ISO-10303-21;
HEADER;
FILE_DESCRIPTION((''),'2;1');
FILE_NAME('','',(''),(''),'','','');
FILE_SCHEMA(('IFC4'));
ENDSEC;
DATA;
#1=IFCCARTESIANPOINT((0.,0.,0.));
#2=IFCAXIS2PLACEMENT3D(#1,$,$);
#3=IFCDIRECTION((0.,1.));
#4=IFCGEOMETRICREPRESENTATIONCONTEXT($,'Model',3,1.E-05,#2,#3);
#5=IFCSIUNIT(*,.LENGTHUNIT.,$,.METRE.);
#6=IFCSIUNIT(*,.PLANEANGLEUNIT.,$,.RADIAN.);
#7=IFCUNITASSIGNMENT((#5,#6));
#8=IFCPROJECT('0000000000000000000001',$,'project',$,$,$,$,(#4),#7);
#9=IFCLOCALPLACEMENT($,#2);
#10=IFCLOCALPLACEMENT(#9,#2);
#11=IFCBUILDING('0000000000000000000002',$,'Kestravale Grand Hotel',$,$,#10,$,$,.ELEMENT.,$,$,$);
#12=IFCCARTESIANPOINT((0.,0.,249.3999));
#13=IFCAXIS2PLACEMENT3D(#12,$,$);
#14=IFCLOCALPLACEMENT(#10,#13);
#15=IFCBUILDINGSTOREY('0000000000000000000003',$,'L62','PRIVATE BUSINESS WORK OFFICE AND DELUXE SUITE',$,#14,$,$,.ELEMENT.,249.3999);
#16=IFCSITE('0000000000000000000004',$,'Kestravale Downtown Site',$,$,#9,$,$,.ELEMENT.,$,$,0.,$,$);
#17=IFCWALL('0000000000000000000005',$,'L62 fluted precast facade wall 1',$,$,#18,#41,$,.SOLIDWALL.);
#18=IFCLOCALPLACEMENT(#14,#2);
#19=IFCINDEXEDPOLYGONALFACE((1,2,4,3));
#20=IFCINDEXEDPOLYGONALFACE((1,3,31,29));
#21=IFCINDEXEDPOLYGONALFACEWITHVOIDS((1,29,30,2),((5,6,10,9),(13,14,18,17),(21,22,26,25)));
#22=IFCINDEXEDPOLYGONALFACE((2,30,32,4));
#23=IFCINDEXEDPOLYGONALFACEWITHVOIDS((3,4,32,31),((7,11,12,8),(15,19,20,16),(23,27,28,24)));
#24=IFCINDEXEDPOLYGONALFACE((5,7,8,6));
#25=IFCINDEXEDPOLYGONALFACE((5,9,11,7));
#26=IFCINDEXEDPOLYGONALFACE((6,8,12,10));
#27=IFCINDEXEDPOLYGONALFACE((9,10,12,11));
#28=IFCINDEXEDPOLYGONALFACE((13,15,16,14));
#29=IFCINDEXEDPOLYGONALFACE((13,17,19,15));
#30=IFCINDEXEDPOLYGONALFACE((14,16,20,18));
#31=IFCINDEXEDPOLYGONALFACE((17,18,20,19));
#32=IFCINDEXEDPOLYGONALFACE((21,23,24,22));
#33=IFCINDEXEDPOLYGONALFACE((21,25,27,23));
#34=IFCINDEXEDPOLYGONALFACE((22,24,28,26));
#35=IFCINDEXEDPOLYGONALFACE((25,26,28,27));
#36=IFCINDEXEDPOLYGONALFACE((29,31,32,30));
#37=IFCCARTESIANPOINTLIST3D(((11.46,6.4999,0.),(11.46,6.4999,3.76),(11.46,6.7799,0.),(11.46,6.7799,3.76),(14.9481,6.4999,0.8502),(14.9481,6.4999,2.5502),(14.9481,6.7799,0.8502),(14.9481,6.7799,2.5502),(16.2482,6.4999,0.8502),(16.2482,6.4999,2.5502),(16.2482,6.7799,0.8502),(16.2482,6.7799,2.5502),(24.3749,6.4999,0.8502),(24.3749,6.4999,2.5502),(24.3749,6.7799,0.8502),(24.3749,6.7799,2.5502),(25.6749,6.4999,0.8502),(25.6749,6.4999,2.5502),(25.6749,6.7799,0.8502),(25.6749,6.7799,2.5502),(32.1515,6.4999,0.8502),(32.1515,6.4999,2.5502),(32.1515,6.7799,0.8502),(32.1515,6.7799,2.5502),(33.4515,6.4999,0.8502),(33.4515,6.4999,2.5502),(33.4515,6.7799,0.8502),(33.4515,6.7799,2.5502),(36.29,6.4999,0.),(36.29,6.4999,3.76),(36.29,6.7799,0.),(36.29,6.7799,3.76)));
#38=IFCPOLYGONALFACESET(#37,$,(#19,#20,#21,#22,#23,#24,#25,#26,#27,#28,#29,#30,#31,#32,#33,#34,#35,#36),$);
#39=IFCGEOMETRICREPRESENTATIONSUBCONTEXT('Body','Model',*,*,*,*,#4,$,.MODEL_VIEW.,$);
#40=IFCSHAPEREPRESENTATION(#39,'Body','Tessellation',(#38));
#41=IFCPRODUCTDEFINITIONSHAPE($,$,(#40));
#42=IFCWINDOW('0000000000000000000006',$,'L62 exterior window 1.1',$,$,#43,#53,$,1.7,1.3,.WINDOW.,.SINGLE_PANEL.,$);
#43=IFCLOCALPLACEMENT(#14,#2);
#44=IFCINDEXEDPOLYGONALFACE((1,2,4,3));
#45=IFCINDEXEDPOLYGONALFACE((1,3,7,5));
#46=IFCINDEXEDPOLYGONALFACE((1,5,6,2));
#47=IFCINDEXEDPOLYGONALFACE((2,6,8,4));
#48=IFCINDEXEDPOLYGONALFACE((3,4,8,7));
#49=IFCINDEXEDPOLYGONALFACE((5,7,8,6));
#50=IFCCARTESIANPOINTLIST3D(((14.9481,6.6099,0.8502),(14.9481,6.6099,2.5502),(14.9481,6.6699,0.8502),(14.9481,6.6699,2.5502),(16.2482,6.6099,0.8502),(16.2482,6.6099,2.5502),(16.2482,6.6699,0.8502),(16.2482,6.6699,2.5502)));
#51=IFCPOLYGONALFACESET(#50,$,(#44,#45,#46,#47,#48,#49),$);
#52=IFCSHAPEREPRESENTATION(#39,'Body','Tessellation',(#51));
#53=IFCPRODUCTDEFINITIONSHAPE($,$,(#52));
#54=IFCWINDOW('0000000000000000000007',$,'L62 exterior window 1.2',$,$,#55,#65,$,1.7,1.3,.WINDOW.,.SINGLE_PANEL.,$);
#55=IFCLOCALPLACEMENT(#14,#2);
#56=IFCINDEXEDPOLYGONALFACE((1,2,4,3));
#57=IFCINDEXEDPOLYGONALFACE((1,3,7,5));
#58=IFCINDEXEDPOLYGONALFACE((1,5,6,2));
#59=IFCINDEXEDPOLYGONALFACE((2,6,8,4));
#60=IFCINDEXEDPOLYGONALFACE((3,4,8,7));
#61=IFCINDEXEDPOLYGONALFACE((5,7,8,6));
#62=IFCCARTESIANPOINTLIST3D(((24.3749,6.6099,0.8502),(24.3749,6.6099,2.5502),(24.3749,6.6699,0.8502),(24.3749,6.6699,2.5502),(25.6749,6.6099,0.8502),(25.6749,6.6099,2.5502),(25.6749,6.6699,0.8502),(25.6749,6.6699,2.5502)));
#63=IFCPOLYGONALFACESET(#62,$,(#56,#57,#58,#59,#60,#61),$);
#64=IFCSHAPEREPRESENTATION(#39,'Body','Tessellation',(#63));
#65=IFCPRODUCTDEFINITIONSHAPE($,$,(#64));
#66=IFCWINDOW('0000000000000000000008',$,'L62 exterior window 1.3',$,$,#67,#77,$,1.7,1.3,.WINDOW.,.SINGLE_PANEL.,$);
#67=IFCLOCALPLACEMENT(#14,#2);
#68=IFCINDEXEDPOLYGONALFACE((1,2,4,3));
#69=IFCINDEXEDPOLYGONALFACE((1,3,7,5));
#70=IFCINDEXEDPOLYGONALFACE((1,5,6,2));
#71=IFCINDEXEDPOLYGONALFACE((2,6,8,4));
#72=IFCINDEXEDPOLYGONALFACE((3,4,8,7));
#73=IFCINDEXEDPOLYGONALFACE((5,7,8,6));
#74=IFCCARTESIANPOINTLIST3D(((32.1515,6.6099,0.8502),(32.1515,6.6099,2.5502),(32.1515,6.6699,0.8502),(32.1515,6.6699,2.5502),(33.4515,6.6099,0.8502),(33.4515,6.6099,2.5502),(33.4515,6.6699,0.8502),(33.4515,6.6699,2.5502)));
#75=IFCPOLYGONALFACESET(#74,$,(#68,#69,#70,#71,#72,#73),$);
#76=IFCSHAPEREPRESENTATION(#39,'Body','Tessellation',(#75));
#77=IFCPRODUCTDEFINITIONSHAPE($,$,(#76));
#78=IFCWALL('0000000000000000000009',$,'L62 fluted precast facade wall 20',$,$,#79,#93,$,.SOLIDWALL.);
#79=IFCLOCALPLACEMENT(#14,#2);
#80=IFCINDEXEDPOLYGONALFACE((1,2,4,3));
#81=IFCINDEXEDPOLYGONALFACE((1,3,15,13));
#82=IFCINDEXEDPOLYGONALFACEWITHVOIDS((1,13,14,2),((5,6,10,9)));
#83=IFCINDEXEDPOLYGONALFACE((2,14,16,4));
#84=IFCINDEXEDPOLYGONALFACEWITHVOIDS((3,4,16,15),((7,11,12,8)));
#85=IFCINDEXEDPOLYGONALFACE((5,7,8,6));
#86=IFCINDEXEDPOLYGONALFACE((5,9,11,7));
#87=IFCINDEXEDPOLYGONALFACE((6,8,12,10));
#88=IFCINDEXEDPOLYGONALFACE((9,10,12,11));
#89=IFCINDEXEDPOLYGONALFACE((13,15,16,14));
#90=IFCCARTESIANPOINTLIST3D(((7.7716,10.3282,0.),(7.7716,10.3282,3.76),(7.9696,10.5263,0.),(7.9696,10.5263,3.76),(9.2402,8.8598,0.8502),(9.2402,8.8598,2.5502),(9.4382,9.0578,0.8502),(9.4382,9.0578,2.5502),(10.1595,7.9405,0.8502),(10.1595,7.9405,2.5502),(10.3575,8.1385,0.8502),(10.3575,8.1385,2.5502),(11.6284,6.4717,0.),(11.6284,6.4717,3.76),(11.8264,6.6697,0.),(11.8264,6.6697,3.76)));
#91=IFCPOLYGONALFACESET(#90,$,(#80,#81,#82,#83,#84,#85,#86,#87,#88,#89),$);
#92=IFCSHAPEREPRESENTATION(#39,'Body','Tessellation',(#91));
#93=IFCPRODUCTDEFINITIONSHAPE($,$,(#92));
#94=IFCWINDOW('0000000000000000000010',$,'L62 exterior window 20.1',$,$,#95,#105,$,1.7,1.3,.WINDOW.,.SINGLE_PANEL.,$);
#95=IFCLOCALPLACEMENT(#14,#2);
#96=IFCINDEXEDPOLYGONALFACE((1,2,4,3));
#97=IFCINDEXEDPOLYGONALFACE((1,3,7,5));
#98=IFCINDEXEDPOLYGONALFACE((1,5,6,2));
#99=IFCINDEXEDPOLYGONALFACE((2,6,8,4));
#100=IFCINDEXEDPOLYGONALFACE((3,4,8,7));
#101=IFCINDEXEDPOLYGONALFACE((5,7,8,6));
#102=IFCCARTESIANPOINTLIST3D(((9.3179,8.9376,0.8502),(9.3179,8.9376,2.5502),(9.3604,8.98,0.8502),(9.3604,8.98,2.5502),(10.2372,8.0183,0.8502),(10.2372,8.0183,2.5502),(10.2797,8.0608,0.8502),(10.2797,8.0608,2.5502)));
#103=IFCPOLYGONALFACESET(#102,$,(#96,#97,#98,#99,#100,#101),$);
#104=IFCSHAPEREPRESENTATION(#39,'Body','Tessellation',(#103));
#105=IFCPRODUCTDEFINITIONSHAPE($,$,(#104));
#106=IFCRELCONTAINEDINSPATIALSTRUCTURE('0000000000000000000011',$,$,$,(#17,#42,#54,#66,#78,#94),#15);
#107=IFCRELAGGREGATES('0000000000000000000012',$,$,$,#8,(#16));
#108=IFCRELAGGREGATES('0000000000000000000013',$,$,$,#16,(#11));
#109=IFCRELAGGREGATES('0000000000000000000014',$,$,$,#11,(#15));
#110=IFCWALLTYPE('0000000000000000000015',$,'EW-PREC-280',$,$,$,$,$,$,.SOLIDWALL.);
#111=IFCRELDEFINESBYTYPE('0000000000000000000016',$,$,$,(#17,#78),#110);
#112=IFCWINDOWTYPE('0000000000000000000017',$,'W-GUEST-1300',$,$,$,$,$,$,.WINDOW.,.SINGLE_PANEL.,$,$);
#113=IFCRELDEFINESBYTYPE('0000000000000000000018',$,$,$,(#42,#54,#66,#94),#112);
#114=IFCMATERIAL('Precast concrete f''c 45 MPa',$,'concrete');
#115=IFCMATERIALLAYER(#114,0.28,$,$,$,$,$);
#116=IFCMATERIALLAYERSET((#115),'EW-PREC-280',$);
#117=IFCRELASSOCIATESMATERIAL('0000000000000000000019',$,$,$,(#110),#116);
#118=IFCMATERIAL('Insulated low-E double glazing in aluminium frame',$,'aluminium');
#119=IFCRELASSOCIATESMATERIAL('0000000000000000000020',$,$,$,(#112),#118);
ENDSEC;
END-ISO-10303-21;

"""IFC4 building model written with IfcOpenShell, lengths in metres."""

from ifc_helpers import new_model, si_unit, direction, frame, frame_2d, origin, place, context, subcontext, project, spatial, rectangle, extrude, material, layer, layer_set, type_object, element, fill, save


model = new_model("IFC4")

# Units and contexts
model_context = context("Model", 3, precision=1e-05, world=origin(), true_north=direction((0.0, 1.0)))
body_context = subcontext(model_context, "Body", "Model", "MODEL_VIEW")
ifc_project = project(units=[si_unit("LENGTHUNIT", "METRE"), si_unit("PLANEANGLEUNIT", "RADIAN")], contexts=[model_context])

# Site, building, storey
site_placement = place(None, origin())
site = spatial("IfcSite", under=ifc_project, at=site_placement, Name="Kestravale Downtown Site", CompositionType="ELEMENT", RefElevation=0.0)
building_placement = place(site_placement, origin())
building = spatial("IfcBuilding", under=site, at=building_placement, Name="Kestravale Grand Hotel", CompositionType="ELEMENT")
storey_placement = place(building_placement, frame((0.0, 0.0, 249.3999)))
storey = spatial("IfcBuildingStorey", under=building, at=storey_placement, Name="L62", Description="PRIVATE BUSINESS WORK OFFICE AND DELUXE SUITE", CompositionType="ELEMENT", Elevation=249.3999)

# Wall, openings, windows
ifc_material_1 = material(Name="Precast concrete f'c 45 MPa", Category="concrete")
ifc_layer_1 = layer(ifc_material_1, 0.28)
ifc_layer_set_1 = layer_set([ifc_layer_1], Name="EW-PREC-280")
wall_type_1 = type_object("IfcWallType", Name="EW-PREC-280", PredefinedType="SOLIDWALL", material=ifc_layer_set_1)
wall_1_placement = place(storey_placement, frame((11.46, 6.6399, 0.0), z_axis=(0.0, 0.0, 1.0), x_axis=(1.0, 0.0, 0.0)))
wall_1 = element("IfcWall", 1, at=wall_1_placement, inside=storey, type_object=wall_type_1, Name="L62 fluted precast facade wall 1", PredefinedType="SOLIDWALL", context=body_context, shape_type="SweptSolid", body=[
    extrude(rectangle(XDim=24.8301, YDim=0.28, at=frame_2d((12.415, 0.0))), origin(), (0.0, 0.0, 1.0), 3.76),
])
opening_1_placement = place(wall_1_placement, frame((3.4883, 0.0, 0.8501)))
opening_1 = element("IfcOpeningElement", 2, at=opening_1_placement, cuts=wall_1, PredefinedType="OPENING", context=body_context, shape_type="SweptSolid", body=[
    extrude(rectangle(XDim=1.3, YDim=1.7, at=frame_2d((0.6499, 0.8501))), frame((0.0, 0.1499, 0.0), z_axis=(0.0, -1.0, 0.0), x_axis=(1.0, 0.0, 0.0)), (0.0, 0.0, 1.0), 0.3),
])
opening_2_placement = place(wall_1_placement, frame((12.915, 0.0, 0.8501)))
opening_2 = element("IfcOpeningElement", 3, at=opening_2_placement, cuts=wall_1, PredefinedType="OPENING", context=body_context, shape_type="SweptSolid", body=[
    extrude(rectangle(XDim=1.3, YDim=1.7, at=frame_2d((0.6499, 0.8501))), frame((0.0, 0.1499, 0.0), z_axis=(0.0, -1.0, 0.0), x_axis=(1.0, 0.0, 0.0)), (0.0, 0.0, 1.0), 0.3),
])
opening_3_placement = place(wall_1_placement, frame((20.6917, 0.0, 0.8501)))
opening_3 = element("IfcOpeningElement", 4, at=opening_3_placement, cuts=wall_1, PredefinedType="OPENING", context=body_context, shape_type="SweptSolid", body=[
    extrude(rectangle(XDim=1.3, YDim=1.7, at=frame_2d((0.6499, 0.8501))), frame((0.0, 0.1499, 0.0), z_axis=(0.0, -1.0, 0.0), x_axis=(1.0, 0.0, 0.0)), (0.0, 0.0, 1.0), 0.3),
])
ifc_material_2 = material(Name="Insulated low-E double glazing in aluminium frame", Category="aluminium")
window_type = type_object("IfcWindowType", Name="W-GUEST-1300", PartitioningType="SINGLE_PANEL", PredefinedType="WINDOW", material=ifc_material_2)
window_1_placement = place(opening_1_placement, origin())
window_1 = element("IfcWindow", 5, at=window_1_placement, inside=storey, type_object=window_type, Name="L62 exterior window 1.1", OverallHeight=1.7, OverallWidth=1.3, PartitioningType="SINGLE_PANEL", PredefinedType="WINDOW", context=body_context, shape_type="SweptSolid", body=[
    extrude(rectangle(XDim=1.3, YDim=1.7, at=frame_2d((0.6499, 0.8501))), frame((0.0, 0.03, 0.0), z_axis=(0.0, -1.0, 0.0), x_axis=(1.0, 0.0, 0.0)), (0.0, 0.0, 1.0), 0.0601),
])
fill(opening_1, window_1)
window_2_placement = place(opening_2_placement, origin())
window_2 = element("IfcWindow", 6, at=window_2_placement, inside=storey, type_object=window_type, Name="L62 exterior window 1.2", OverallHeight=1.7, OverallWidth=1.3, PartitioningType="SINGLE_PANEL", PredefinedType="WINDOW", context=body_context, shape_type="SweptSolid", body=[
    extrude(rectangle(XDim=1.3, YDim=1.7, at=frame_2d((0.6499, 0.8501))), frame((0.0, 0.03, 0.0), z_axis=(0.0, -1.0, 0.0), x_axis=(1.0, 0.0, 0.0)), (0.0, 0.0, 1.0), 0.0601),
])
fill(opening_2, window_2)
window_3_placement = place(opening_3_placement, origin())
window_3 = element("IfcWindow", 7, at=window_3_placement, inside=storey, type_object=window_type, Name="L62 exterior window 1.3", OverallHeight=1.7, OverallWidth=1.3, PartitioningType="SINGLE_PANEL", PredefinedType="WINDOW", context=body_context, shape_type="SweptSolid", body=[
    extrude(rectangle(XDim=1.3, YDim=1.7, at=frame_2d((0.6499, 0.8501))), frame((0.0, 0.03, 0.0), z_axis=(0.0, -1.0, 0.0), x_axis=(1.0, 0.0, 0.0)), (0.0, 0.0, 1.0), 0.0601),
])
fill(opening_3, window_3)

# Wall, opening, window
wall_2_placement = place(storey_placement, frame((7.8706, 10.4272, 0.0), z_axis=(0.0, 0.0, 1.0), x_axis=(0.707129, -0.707084, 0.0)))
wall_2 = element("IfcWall", 8, at=wall_2_placement, inside=storey, type_object=wall_type_1, Name="L62 fluted precast facade wall 20", PredefinedType="SOLIDWALL", context=body_context, shape_type="SweptSolid", body=[
    extrude(rectangle(XDim=5.4541, YDim=0.28, at=frame_2d((2.7271, 0.0))), origin(), (0.0, 0.0, 1.0), 3.76),
])
opening_4_placement = place(wall_2_placement, frame((2.0769, 0.0, 0.8501)))
opening_4 = element("IfcOpeningElement", 9, at=opening_4_placement, cuts=wall_2, PredefinedType="OPENING", context=body_context, shape_type="SweptSolid", body=[
    extrude(rectangle(XDim=1.3, YDim=1.7, at=frame_2d((0.6499, 0.8501))), frame((0.0, 0.1499, 0.0), z_axis=(0.0, -1.0, 0.0), x_axis=(1.0, 0.0, 0.0)), (0.0, 0.0, 1.0), 0.3),
])
window_4_placement = place(opening_4_placement, origin())
window_4 = element("IfcWindow", 10, at=window_4_placement, inside=storey, type_object=window_type, Name="L62 exterior window 20.1", OverallHeight=1.7, OverallWidth=1.3, PartitioningType="SINGLE_PANEL", PredefinedType="WINDOW", context=body_context, shape_type="SweptSolid", body=[
    extrude(rectangle(XDim=1.3, YDim=1.7, at=frame_2d((0.6499, 0.8501))), frame((0.0, 0.03, 0.0), z_axis=(0.0, -1.0, 0.0), x_axis=(1.0, 0.0, 0.0)), (0.0, 0.0, 1.0), 0.0601),
])
fill(opening_4, window_4)

save(model, "model.ifc")
